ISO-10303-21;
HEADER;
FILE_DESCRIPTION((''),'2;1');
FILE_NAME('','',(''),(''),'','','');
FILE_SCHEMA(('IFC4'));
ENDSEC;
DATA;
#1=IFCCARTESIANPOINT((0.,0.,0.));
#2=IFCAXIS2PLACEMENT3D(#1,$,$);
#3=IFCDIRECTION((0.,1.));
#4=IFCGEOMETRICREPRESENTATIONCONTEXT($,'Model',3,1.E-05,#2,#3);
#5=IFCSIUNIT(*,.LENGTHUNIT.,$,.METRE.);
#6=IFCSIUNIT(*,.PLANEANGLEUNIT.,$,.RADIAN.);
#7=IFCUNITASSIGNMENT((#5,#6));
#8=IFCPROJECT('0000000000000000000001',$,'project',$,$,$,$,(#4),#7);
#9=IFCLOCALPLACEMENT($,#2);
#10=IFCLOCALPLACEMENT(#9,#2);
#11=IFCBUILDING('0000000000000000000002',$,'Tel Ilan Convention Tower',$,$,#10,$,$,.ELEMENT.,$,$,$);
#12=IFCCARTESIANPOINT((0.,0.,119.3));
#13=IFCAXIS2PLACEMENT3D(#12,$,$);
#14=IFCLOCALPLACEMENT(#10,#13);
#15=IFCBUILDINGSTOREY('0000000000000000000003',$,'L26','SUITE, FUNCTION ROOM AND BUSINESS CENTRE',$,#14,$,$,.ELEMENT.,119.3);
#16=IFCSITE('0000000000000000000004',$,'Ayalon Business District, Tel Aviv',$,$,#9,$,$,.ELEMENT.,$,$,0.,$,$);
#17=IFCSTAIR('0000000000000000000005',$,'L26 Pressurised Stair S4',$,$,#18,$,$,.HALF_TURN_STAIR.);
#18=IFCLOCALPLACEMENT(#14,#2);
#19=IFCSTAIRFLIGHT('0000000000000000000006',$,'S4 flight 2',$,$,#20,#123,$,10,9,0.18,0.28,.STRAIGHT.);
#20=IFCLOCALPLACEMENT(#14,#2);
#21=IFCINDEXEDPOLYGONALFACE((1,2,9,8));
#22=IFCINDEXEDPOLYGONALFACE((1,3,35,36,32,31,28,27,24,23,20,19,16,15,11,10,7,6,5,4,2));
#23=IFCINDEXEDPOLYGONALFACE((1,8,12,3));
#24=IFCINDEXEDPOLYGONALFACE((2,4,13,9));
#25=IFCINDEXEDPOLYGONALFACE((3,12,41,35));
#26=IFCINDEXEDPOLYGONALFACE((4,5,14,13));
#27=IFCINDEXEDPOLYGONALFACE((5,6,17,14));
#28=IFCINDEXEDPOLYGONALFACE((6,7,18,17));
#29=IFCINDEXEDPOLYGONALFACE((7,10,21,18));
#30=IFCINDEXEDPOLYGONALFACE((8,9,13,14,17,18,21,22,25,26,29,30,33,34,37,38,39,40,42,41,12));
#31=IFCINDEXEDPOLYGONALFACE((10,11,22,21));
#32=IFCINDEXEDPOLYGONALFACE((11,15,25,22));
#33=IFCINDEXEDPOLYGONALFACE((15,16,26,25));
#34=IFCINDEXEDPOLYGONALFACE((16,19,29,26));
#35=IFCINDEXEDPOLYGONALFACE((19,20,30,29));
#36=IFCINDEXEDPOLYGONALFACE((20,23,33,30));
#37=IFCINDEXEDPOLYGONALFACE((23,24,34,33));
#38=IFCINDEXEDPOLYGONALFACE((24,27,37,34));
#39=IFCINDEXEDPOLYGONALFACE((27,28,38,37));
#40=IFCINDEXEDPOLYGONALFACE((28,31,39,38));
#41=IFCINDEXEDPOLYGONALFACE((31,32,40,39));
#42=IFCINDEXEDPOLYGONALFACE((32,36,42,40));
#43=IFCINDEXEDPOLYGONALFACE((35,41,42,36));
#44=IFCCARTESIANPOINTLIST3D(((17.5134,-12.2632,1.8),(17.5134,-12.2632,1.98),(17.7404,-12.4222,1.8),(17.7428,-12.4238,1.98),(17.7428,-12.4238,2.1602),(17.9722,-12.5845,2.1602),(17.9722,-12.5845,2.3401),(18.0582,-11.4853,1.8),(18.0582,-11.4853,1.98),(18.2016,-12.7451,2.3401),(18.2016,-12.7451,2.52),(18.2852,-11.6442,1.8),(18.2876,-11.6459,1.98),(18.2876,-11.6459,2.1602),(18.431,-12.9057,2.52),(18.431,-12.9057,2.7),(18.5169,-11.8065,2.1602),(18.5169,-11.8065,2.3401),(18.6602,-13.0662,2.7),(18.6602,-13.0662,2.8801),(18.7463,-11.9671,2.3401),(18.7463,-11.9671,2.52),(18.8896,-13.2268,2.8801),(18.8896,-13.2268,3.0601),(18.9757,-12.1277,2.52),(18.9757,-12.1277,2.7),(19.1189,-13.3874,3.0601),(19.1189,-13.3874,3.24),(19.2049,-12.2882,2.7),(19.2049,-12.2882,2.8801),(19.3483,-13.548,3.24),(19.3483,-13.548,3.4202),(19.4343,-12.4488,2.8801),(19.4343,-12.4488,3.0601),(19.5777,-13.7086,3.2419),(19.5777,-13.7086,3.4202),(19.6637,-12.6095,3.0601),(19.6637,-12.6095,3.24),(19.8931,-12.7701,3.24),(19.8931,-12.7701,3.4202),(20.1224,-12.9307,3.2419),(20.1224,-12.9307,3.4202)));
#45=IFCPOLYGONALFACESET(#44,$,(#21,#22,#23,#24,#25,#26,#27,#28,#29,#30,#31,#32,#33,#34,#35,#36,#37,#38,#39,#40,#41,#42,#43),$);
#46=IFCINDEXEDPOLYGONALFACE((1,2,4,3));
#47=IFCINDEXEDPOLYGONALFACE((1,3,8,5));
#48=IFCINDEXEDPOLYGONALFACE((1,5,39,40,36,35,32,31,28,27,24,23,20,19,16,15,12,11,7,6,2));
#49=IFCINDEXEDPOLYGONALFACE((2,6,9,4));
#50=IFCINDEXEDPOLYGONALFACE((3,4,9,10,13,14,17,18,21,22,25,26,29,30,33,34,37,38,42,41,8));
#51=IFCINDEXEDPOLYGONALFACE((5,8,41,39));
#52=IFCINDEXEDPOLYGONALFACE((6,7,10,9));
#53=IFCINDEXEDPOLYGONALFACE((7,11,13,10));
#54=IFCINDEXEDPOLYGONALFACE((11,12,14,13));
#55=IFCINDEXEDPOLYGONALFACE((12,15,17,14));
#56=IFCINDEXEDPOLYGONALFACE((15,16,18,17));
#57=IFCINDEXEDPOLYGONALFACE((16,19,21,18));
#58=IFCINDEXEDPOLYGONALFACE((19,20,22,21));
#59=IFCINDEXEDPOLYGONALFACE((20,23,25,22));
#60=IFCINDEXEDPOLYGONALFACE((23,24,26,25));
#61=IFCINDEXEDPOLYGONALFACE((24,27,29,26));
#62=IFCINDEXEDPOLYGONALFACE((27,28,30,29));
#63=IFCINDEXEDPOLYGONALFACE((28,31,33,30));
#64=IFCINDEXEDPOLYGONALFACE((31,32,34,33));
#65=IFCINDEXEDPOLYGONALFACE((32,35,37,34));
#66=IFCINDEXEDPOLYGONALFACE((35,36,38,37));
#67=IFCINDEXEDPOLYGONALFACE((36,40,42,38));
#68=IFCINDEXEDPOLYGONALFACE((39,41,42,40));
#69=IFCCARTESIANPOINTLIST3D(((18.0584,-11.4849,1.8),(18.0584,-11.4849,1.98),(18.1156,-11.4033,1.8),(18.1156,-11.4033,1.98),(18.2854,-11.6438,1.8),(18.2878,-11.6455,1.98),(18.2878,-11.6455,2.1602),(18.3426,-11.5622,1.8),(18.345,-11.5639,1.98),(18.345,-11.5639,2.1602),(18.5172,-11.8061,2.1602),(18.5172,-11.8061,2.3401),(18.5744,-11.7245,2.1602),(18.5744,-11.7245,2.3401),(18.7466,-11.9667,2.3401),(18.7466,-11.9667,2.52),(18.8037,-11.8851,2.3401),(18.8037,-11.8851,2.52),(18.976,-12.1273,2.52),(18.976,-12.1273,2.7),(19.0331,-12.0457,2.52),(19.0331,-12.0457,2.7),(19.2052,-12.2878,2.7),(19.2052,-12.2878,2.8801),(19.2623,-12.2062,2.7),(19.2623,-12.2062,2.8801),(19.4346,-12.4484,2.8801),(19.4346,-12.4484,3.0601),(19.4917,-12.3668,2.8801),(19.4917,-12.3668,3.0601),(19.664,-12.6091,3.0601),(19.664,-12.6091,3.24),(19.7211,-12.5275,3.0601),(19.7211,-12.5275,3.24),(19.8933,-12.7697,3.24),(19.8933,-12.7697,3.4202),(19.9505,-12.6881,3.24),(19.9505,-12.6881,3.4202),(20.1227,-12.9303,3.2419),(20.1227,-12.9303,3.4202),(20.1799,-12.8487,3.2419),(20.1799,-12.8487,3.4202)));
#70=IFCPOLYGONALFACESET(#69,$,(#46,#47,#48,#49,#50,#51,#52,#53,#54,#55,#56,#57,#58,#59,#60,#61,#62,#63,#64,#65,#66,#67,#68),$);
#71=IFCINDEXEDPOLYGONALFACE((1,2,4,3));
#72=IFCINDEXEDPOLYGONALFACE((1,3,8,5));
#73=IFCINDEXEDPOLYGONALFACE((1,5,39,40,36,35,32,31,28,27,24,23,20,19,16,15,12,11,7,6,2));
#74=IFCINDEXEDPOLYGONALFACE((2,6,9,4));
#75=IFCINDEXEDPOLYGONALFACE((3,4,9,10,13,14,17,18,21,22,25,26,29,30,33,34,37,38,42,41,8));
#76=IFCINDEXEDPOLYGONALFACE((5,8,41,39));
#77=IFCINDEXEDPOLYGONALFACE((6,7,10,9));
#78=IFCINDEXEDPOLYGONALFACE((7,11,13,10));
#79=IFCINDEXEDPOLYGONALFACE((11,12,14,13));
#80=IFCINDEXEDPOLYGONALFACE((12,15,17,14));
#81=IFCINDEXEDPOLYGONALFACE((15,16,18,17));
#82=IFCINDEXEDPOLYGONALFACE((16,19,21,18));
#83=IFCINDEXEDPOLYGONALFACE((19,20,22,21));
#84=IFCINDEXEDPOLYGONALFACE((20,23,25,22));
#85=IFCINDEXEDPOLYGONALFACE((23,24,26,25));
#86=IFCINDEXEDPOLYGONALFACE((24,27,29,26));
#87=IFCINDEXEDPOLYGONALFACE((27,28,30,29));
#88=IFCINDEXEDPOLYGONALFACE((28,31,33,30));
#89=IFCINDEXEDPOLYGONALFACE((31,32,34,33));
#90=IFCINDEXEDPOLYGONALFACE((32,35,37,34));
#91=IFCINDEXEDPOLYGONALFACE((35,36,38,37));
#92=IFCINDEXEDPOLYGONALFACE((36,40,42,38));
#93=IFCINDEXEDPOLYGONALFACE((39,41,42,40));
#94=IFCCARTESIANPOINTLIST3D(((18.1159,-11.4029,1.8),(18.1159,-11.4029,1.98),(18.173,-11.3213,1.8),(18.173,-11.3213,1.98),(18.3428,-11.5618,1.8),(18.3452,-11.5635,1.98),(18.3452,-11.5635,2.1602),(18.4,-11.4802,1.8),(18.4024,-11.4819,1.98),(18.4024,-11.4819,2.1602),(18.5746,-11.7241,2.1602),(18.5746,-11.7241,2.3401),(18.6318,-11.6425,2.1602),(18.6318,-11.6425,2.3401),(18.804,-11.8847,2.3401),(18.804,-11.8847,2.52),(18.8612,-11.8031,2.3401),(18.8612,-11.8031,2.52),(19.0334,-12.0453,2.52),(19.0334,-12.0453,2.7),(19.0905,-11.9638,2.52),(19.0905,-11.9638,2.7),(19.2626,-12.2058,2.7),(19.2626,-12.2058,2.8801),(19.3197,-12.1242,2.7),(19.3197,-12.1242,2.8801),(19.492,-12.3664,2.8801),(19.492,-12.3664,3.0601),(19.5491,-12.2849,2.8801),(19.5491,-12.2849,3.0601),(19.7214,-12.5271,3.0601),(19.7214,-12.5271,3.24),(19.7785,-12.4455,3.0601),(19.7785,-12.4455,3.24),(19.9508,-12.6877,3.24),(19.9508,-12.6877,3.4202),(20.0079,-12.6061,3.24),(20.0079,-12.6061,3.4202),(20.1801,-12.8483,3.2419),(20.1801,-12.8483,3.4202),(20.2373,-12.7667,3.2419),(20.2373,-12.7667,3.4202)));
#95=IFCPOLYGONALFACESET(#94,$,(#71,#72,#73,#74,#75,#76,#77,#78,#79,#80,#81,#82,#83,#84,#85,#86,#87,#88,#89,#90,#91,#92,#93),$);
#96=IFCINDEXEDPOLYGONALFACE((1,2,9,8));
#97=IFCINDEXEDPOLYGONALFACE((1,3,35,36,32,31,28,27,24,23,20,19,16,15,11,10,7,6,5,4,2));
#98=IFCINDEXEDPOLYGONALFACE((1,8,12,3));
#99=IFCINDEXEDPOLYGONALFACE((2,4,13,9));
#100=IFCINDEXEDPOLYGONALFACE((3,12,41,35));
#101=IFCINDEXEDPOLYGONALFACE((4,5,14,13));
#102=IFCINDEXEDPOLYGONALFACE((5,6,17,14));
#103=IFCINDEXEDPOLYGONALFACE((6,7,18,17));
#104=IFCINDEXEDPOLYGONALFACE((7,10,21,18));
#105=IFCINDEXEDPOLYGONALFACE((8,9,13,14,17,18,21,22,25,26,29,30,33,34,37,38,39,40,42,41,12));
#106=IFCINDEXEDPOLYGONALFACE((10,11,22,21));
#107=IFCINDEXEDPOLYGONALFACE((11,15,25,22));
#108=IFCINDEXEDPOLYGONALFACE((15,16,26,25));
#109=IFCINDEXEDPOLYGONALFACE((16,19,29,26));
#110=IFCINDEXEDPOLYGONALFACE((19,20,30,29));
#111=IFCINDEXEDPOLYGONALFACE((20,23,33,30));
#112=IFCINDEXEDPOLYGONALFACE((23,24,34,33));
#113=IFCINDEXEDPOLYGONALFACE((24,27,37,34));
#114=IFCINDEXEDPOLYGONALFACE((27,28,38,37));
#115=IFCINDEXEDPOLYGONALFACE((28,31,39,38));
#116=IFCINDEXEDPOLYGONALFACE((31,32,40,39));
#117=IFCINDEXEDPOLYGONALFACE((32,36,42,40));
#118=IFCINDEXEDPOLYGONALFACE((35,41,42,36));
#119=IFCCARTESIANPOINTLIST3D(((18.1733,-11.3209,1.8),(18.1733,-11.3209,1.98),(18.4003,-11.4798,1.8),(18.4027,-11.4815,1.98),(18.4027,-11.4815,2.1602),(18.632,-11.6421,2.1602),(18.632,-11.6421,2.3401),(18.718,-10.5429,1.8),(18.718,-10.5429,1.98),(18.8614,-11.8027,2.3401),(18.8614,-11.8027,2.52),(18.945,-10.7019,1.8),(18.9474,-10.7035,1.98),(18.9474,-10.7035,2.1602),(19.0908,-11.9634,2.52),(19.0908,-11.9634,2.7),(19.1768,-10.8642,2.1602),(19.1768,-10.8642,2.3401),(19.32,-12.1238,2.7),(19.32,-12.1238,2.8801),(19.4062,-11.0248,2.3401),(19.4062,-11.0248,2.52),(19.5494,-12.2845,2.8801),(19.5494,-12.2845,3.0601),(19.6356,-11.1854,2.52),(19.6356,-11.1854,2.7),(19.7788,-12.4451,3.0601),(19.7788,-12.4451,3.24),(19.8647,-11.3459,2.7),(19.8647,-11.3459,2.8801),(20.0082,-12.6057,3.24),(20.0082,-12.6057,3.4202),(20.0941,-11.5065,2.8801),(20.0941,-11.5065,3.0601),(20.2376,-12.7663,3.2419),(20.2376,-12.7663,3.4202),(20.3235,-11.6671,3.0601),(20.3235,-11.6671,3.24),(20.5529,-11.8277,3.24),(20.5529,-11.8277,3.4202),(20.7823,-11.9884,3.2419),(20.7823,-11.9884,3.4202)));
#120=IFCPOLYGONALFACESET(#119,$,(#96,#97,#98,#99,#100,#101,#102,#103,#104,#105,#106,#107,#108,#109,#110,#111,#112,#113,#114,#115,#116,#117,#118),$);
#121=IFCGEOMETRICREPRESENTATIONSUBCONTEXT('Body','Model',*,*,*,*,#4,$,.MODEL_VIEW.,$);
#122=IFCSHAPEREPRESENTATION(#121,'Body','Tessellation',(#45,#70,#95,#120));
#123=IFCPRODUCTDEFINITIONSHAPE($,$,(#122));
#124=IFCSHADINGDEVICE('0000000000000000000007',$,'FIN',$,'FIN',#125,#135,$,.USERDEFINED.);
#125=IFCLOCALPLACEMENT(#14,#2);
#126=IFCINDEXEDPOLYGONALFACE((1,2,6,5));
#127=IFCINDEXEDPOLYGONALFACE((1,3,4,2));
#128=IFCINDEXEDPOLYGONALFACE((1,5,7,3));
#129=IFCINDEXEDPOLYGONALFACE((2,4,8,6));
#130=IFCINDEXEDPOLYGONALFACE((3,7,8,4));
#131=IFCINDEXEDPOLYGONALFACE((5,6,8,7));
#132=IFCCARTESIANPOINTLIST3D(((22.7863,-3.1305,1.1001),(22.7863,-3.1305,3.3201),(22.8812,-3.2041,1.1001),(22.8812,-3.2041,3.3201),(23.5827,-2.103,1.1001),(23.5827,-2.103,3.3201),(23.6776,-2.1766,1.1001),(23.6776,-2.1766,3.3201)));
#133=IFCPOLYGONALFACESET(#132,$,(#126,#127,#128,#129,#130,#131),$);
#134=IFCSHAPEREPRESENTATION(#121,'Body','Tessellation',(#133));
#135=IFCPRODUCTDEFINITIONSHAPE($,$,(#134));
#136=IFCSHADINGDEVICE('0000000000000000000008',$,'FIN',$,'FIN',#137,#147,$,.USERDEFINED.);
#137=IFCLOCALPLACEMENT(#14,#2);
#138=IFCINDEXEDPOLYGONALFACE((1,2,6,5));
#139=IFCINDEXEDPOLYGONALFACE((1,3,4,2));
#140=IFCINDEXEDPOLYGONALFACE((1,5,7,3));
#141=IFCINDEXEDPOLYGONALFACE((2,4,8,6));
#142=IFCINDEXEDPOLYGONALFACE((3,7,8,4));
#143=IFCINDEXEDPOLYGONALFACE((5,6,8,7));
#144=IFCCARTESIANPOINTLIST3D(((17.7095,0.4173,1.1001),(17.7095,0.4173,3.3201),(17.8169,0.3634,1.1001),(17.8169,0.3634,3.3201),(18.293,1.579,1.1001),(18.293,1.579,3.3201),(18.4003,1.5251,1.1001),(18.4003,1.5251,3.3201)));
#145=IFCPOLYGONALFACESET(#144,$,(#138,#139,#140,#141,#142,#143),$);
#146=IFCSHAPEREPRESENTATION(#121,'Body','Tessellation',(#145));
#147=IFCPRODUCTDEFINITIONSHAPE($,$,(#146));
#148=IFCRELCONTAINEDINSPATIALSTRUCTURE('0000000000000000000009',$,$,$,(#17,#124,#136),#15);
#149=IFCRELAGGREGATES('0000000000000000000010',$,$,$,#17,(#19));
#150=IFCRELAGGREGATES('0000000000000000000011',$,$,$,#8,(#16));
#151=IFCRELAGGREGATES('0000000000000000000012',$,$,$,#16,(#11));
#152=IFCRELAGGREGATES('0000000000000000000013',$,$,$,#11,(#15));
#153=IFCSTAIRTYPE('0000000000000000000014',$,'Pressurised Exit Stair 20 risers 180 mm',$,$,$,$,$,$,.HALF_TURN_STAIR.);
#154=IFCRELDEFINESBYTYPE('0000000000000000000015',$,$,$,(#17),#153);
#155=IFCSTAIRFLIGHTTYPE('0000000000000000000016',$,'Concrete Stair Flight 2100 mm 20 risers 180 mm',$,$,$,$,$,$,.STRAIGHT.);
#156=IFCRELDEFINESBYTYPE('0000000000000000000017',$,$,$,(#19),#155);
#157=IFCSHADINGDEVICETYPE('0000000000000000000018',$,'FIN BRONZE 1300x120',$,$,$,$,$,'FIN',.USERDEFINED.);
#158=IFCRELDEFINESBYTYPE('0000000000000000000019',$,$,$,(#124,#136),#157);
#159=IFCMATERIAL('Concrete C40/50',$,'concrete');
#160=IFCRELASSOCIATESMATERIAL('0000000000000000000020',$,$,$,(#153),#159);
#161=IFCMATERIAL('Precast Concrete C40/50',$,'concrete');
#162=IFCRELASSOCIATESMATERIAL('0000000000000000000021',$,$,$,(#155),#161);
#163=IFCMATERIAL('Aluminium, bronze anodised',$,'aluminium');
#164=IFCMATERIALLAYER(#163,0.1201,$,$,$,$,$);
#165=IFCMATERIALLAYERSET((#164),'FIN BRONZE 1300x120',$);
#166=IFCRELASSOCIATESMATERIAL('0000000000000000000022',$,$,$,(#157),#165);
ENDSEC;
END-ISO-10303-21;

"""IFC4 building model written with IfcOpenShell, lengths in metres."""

from ifc_helpers import new_model, si_unit, direction, frame, origin, origin_2d, place, context, subcontext, project, spatial, polyline, rectangle, outline, extrude, material, layer, layer_set, type_object, element, aggregate, save


model = new_model("IFC4")

# Units and contexts
model_context = context("Model", 3, precision=1e-05, world=origin(), true_north=direction((0.0, 1.0)))
body_context = subcontext(model_context, "Body", "Model", "MODEL_VIEW")
ifc_project = project(units=[si_unit("LENGTHUNIT", "METRE"), si_unit("PLANEANGLEUNIT", "RADIAN")], contexts=[model_context])

# Site, building, storey
site_placement = place(None, origin())
site = spatial("IfcSite", under=ifc_project, at=site_placement, Name="Ayalon Business District, Tel Aviv", CompositionType="ELEMENT", RefElevation=0.0)
building_placement = place(site_placement, origin())
building = spatial("IfcBuilding", under=site, at=building_placement, Name="Tel Ilan Convention Tower", CompositionType="ELEMENT")
storey_placement = place(building_placement, frame((0.0, 0.0, 119.3)))
storey = spatial("IfcBuildingStorey", under=building, at=storey_placement, Name="L26", Description="SUITE, FUNCTION ROOM AND BUSINESS CENTRE", CompositionType="ELEMENT", Elevation=119.3)

# Stair, stair flight
ifc_material_1 = material(Name="Concrete C40/50", Category="concrete")
stair_type = type_object("IfcStairType", Name="Pressurised Exit Stair 20 risers 180 mm", PredefinedType="HALF_TURN_STAIR", material=ifc_material_1)
ifc_material_2 = material(Name="Precast Concrete C40/50", Category="concrete")
stair_flight_type = type_object("IfcStairFlightType", Name="Concrete Stair Flight 2100 mm 20 risers 180 mm", PredefinedType="STRAIGHT", material=ifc_material_2)
stair_1_placement = place(storey_placement, origin())
stair_1 = element("IfcStair", 1, at=stair_1_placement, inside=storey, type_object=stair_type, Name="L26 Pressurised Stair S4", PredefinedType="HALF_TURN_STAIR")
stair_flight_1_placement = place(storey_placement, frame((18.1157, -11.4031, 1.8), z_axis=(0.0, 0.0, 1.0), x_axis=(0.819152, -0.573576, 0.0)))
stair_flight_1 = element("IfcStairFlight", 2, at=stair_flight_1_placement, type_object=stair_flight_type, Name="S4 flight 2", NumberOfRisers=10, NumberOfTreads=9, PredefinedType="STRAIGHT", RiserHeight=0.18, TreadLength=0.28, context=body_context, shape_type="SweptSolid", body=[
    extrude(outline(polyline([(0.0, 0.0), (0.0, 0.1799), (0.28, 0.1799), (0.28, 0.3601), (0.5601, 0.3601), (0.5601, 0.54), (0.8401, 0.54), (0.8401, 0.72), (1.1201, 0.72), (1.1201, 0.8999), (1.3999, 0.8999), (1.3999, 1.0801), (1.6799, 1.0801), (1.6799, 1.26), (1.96, 1.26), (1.96, 1.4399), (2.24, 1.4399), (2.24, 1.6201), (2.52, 1.6201), (2.52, 1.8), (2.52, 1.4419), (0.2771, 0.0), (0.0, 0.0)])), frame((0.0, -0.1003, 0.0), z_axis=(0.0, -1.0, 0.0), x_axis=(1.0, 0.0, 0.0)), (0.0, 0.0, 1.0), 0.9497),
    extrude(outline(polyline([(0.0, 0.0), (0.0, 0.1799), (0.28, 0.1799), (0.28, 0.3601), (0.5601, 0.3601), (0.5601, 0.54), (0.8401, 0.54), (0.8401, 0.72), (1.1201, 0.72), (1.1201, 0.8999), (1.3999, 0.8999), (1.3999, 1.0801), (1.6799, 1.0801), (1.6799, 1.26), (1.96, 1.26), (1.96, 1.4399), (2.24, 1.4399), (2.24, 1.6201), (2.52, 1.6201), (2.52, 1.8), (2.52, 1.4419), (0.2771, 0.0), (0.0, 0.0)])), frame((0.0, -0.0002, 0.0), z_axis=(0.0, -1.0, 0.0), x_axis=(1.0, 0.0, 0.0)), (0.0, 0.0, 1.0), 0.0996),
    extrude(outline(polyline([(0.0, 0.0), (0.0, 0.1799), (0.28, 0.1799), (0.28, 0.3601), (0.5601, 0.3601), (0.5601, 0.54), (0.8401, 0.54), (0.8401, 0.72), (1.1201, 0.72), (1.1201, 0.8999), (1.3999, 0.8999), (1.3999, 1.0801), (1.6799, 1.0801), (1.6799, 1.26), (1.96, 1.26), (1.96, 1.4399), (2.24, 1.4399), (2.24, 1.6201), (2.52, 1.6201), (2.52, 1.8), (2.52, 1.4419), (0.2771, 0.0), (0.0, 0.0)])), frame((0.0, 0.0999, 0.0), z_axis=(0.0, -1.0, 0.0), x_axis=(1.0, 0.0, 0.0)), (0.0, 0.0, 1.0), 0.0996),
    extrude(outline(polyline([(0.0, 0.0), (0.0, 0.1799), (0.28, 0.1799), (0.28, 0.3601), (0.5601, 0.3601), (0.5601, 0.54), (0.8401, 0.54), (0.8401, 0.72), (1.1201, 0.72), (1.1201, 0.8999), (1.3999, 0.8999), (1.3999, 1.0801), (1.6799, 1.0801), (1.6799, 1.26), (1.96, 1.26), (1.96, 1.4399), (2.24, 1.4399), (2.24, 1.6201), (2.52, 1.6201), (2.52, 1.8), (2.52, 1.4419), (0.2771, 0.0), (0.0, 0.0)])), frame((0.0, 1.05, 0.0), z_axis=(0.0, -1.0, 0.0), x_axis=(1.0, 0.0, 0.0)), (0.0, 0.0, 1.0), 0.9497),
])
aggregate(stair_1, [stair_flight_1])

# Shading devices
ifc_material_3 = material(Name="Aluminium, bronze anodised", Category="aluminium")
ifc_layer_1 = layer(ifc_material_3, 0.1201)
ifc_layer_set_1 = layer_set([ifc_layer_1], Name="FIN BRONZE 1300x120")
shading_device_type = type_object("IfcShadingDeviceType", Name="FIN BRONZE 1300x120", ElementType="FIN", PredefinedType="USERDEFINED", material=ifc_layer_set_1)
for number, where, z_axis, x_axis, name in (
    (3, (23.2319, -2.6536, 1.1001), (0.0, 0.0, 1.0), (0.612601, 0.790393, 0.0), "FIN"),
    (4, (18.0549, 0.9712, 1.1001), (0.0, 0.0, 1.0), (0.448799, 0.893633, 0.0), "FIN"),
):
    element("IfcShadingDevice", number, at=place(storey_placement, frame(where, z_axis=z_axis, x_axis=x_axis)), inside=storey, type_object=shading_device_type, Name=name, ObjectType="FIN", PredefinedType="USERDEFINED", context=body_context, shape_type="SweptSolid", body=[
        extrude(rectangle(XDim=1.3, YDim=0.1201, at=origin_2d()), origin(), (0.0, 0.0, 1.0), 2.22),
    ])

save(model, "model.ifc")
